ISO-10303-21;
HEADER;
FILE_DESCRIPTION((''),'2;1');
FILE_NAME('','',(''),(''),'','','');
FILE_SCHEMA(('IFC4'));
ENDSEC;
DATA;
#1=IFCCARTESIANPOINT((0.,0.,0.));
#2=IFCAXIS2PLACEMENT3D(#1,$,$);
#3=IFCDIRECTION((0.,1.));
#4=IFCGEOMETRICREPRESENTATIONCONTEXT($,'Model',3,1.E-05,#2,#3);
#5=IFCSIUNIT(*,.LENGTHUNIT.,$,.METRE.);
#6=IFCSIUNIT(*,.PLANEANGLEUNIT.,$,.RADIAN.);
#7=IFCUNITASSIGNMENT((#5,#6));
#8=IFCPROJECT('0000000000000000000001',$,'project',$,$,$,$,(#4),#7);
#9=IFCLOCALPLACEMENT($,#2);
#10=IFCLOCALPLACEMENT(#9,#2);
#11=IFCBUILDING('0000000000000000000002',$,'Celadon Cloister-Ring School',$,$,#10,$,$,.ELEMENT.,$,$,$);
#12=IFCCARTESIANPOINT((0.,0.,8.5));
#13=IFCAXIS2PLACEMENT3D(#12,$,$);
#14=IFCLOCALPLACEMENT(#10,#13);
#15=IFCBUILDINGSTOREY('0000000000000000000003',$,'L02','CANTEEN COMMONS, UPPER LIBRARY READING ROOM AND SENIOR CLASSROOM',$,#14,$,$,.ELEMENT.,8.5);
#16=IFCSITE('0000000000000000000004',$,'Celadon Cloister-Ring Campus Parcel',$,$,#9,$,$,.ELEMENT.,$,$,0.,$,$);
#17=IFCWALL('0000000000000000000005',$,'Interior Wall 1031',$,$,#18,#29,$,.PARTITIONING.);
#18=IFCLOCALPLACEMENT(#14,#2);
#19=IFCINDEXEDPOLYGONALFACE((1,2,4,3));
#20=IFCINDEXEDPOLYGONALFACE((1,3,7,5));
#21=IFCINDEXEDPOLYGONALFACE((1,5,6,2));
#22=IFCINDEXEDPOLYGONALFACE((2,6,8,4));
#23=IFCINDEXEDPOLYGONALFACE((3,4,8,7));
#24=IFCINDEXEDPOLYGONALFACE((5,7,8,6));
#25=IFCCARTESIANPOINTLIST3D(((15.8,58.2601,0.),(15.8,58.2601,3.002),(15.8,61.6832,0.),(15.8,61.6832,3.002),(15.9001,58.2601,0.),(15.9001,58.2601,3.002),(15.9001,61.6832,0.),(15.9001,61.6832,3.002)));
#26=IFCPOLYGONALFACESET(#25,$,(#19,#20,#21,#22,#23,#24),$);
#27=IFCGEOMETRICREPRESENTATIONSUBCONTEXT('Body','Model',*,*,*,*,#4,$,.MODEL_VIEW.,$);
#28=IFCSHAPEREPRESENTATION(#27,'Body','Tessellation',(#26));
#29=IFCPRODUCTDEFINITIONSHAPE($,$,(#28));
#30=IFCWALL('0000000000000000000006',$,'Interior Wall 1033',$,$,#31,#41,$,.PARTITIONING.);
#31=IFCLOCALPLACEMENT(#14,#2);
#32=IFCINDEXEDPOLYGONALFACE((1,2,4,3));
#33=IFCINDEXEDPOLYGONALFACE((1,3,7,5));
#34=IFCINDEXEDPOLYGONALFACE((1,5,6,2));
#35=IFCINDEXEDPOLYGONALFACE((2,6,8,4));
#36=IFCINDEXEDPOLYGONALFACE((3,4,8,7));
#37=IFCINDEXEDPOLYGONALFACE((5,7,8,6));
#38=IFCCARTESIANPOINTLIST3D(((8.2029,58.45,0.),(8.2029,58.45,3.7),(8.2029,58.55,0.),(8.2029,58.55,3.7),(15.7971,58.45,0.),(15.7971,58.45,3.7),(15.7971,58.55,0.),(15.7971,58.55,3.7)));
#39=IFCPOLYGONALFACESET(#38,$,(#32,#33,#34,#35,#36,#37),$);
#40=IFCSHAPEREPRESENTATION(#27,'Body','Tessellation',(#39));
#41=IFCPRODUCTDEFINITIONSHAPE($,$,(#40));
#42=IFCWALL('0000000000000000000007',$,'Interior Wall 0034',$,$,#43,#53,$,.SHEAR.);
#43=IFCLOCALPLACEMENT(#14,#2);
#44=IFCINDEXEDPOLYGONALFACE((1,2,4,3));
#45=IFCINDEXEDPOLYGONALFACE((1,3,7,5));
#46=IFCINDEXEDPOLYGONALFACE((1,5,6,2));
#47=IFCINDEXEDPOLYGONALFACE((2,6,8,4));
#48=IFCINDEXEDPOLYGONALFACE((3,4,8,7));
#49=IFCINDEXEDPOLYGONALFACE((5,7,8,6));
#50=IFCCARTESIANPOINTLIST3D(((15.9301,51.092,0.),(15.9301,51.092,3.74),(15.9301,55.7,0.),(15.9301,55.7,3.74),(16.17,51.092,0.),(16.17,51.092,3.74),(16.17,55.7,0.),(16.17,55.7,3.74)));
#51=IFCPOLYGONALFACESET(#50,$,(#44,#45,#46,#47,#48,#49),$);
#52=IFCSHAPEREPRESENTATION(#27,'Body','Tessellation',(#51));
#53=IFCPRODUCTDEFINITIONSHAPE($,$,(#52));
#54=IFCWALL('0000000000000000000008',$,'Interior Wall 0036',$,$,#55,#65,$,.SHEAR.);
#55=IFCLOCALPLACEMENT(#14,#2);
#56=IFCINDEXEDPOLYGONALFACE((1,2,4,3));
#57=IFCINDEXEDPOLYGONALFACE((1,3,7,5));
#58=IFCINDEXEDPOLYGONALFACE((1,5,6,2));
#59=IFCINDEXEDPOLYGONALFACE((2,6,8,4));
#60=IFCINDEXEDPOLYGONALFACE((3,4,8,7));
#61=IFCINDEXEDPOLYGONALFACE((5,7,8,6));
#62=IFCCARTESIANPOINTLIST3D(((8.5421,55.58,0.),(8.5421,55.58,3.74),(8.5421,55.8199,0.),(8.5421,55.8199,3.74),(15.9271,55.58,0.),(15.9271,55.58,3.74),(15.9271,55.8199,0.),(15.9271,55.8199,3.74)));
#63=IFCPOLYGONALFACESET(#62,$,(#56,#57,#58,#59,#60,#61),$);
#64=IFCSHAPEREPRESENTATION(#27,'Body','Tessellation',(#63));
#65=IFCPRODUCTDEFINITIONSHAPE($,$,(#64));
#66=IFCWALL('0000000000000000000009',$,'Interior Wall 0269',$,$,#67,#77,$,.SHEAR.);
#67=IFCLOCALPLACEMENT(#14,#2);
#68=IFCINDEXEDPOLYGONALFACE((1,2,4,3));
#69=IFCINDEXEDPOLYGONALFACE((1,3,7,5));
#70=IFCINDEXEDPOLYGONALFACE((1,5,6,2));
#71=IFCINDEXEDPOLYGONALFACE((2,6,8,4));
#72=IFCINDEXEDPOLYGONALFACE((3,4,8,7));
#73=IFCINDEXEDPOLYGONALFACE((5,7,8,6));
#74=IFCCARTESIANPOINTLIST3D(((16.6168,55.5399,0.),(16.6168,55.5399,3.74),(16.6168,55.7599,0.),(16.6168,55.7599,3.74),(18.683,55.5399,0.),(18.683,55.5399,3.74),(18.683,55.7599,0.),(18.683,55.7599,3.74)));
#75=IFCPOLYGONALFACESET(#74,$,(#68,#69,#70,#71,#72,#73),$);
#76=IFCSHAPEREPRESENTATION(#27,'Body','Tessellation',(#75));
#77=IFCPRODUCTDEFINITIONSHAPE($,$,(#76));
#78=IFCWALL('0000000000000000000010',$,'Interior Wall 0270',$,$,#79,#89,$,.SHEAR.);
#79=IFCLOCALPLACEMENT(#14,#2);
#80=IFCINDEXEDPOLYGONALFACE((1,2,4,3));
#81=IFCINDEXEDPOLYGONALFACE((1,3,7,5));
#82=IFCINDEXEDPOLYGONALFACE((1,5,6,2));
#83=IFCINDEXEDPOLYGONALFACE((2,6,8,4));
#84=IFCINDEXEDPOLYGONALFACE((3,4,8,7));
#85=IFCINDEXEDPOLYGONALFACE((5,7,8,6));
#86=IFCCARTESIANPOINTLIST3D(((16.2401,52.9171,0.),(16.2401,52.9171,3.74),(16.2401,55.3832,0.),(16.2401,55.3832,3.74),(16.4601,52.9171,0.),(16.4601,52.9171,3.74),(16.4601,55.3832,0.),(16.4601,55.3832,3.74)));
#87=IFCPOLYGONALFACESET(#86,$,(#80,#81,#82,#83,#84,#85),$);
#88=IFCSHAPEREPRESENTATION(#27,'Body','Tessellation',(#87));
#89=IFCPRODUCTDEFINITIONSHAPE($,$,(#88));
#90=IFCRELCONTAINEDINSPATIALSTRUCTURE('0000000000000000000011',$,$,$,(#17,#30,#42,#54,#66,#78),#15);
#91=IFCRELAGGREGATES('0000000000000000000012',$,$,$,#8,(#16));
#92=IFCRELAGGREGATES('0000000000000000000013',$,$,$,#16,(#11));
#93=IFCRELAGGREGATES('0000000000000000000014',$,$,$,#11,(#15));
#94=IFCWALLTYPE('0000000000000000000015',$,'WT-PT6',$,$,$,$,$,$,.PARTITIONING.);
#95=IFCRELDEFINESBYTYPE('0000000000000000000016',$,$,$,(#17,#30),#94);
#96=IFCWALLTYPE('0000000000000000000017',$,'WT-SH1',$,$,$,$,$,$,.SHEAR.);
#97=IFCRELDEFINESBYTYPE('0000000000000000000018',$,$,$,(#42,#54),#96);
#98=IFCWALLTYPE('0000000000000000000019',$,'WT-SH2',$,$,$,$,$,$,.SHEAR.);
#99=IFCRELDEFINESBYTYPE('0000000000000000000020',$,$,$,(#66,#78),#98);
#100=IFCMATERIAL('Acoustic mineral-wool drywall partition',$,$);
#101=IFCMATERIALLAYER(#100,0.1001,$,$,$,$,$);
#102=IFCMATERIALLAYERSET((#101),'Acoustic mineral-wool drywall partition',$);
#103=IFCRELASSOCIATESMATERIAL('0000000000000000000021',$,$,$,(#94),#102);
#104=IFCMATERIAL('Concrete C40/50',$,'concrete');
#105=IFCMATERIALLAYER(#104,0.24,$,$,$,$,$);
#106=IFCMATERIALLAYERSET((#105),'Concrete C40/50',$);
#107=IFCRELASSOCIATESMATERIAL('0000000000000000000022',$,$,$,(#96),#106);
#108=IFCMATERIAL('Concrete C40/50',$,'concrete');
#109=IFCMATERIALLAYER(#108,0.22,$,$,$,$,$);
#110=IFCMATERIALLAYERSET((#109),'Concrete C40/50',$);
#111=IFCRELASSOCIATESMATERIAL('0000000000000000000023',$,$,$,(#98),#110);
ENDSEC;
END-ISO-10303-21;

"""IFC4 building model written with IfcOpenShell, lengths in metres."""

from ifc_helpers import new_model, si_unit, direction, frame, frame_2d, origin, place, context, subcontext, project, spatial, rectangle, extrude, material, layer, layer_set, type_object, element, save


model = new_model("IFC4")

# Units and contexts
model_context = context("Model", 3, precision=1e-05, world=origin(), true_north=direction((0.0, 1.0)))
body_context = subcontext(model_context, "Body", "Model", "MODEL_VIEW")
ifc_project = project(units=[si_unit("LENGTHUNIT", "METRE"), si_unit("PLANEANGLEUNIT", "RADIAN")], contexts=[model_context])

# Site, building, storey
site_placement = place(None, origin())
site = spatial("IfcSite", under=ifc_project, at=site_placement, Name="Celadon Cloister-Ring Campus Parcel", CompositionType="ELEMENT", RefElevation=0.0)
building_placement = place(site_placement, origin())
building = spatial("IfcBuilding", under=site, at=building_placement, Name="Celadon Cloister-Ring School", CompositionType="ELEMENT")
storey_placement = place(building_placement, frame((0.0, 0.0, 8.5)))
storey = spatial("IfcBuildingStorey", under=building, at=storey_placement, Name="L02", Description="CANTEEN COMMONS, UPPER LIBRARY READING ROOM AND SENIOR CLASSROOM", CompositionType="ELEMENT", Elevation=8.5)

# Walls
ifc_material_1 = material(Name="Acoustic mineral-wool drywall partition")
ifc_layer_1 = layer(ifc_material_1, 0.1001)
ifc_layer_set_1 = layer_set([ifc_layer_1], Name="Acoustic mineral-wool drywall partition")
wall_type_1 = type_object("IfcWallType", Name="WT-PT6", PredefinedType="PARTITIONING", material=ifc_layer_set_1)
wall_1_placement = place(storey_placement, frame((15.8501, 61.6831, 0.0), z_axis=(0.0, 0.0, 1.0), x_axis=(0.0, -1.0, 0.0)))
element("IfcWall", 1, at=wall_1_placement, inside=storey, type_object=wall_type_1, Name="Interior Wall 1031", PredefinedType="PARTITIONING", context=body_context, shape_type="SweptSolid", body=[
    extrude(rectangle(XDim=3.4231, YDim=0.1001, at=frame_2d((1.7114, 0.0))), origin(), (0.0, 0.0, 1.0), 3.002),
])
wall_2_placement = place(storey_placement, frame((15.7971, 58.5, 0.0), z_axis=(0.0, 0.0, 1.0), x_axis=(-1.0, 0.0, 0.0)))
element("IfcWall", 2, at=wall_2_placement, inside=storey, type_object=wall_type_1, Name="Interior Wall 1033", PredefinedType="PARTITIONING", context=body_context, shape_type="SweptSolid", body=[
    extrude(rectangle(XDim=7.5942, YDim=0.1001, at=frame_2d((3.7971, 0.0))), origin(), (0.0, 0.0, 1.0), 3.7),
])
ifc_material_2 = material(Name="Concrete C40/50", Category="concrete")
ifc_layer_2 = layer(ifc_material_2, 0.24)
ifc_layer_set_2 = layer_set([ifc_layer_2], Name="Concrete C40/50")
wall_type_2 = type_object("IfcWallType", Name="WT-SH1", PredefinedType="SHEAR", material=ifc_layer_set_2)
wall_3_placement = place(storey_placement, frame((16.05, 55.7, 0.0), z_axis=(0.0, 0.0, 1.0), x_axis=(0.0, -1.0, 0.0)))
element("IfcWall", 3, at=wall_3_placement, inside=storey, type_object=wall_type_2, Name="Interior Wall 0034", PredefinedType="SHEAR", context=body_context, shape_type="SweptSolid", body=[
    extrude(rectangle(XDim=4.6079, YDim=0.24, at=frame_2d((2.304, 0.0))), origin(), (0.0, 0.0, 1.0), 3.74),
])
wall_4_placement = place(storey_placement, frame((15.927, 55.7, 0.0), z_axis=(0.0, 0.0, 1.0), x_axis=(-1.0, 0.0, 0.0)))
element("IfcWall", 4, at=wall_4_placement, inside=storey, type_object=wall_type_2, Name="Interior Wall 0036", PredefinedType="SHEAR", context=body_context, shape_type="SweptSolid", body=[
    extrude(rectangle(XDim=7.385, YDim=0.24, at=frame_2d((3.6924, 0.0))), origin(), (0.0, 0.0, 1.0), 3.74),
])
ifc_material_3 = material(Name="Concrete C40/50", Category="concrete")
ifc_layer_3 = layer(ifc_material_3, 0.22)
ifc_layer_set_3 = layer_set([ifc_layer_3], Name="Concrete C40/50")
wall_type_3 = type_object("IfcWallType", Name="WT-SH2", PredefinedType="SHEAR", material=ifc_layer_set_3)
wall_5_placement = place(storey_placement, frame((18.6831, 55.6499, 0.0), z_axis=(0.0, 0.0, 1.0), x_axis=(-1.0, 0.0, 0.0)))
element("IfcWall", 5, at=wall_5_placement, inside=storey, type_object=wall_type_3, Name="Interior Wall 0269", PredefinedType="SHEAR", context=body_context, shape_type="SweptSolid", body=[
    extrude(rectangle(XDim=2.0662, YDim=0.22, at=frame_2d((1.0332, 0.0))), origin(), (0.0, 0.0, 1.0), 3.74),
])
wall_6_placement = place(storey_placement, frame((16.3501, 55.3831, 0.0), z_axis=(0.0, 0.0, 1.0), x_axis=(0.0, -1.0, 0.0)))
element("IfcWall", 6, at=wall_6_placement, inside=storey, type_object=wall_type_3, Name="Interior Wall 0270", PredefinedType="SHEAR", context=body_context, shape_type="SweptSolid", body=[
    extrude(rectangle(XDim=2.4661, YDim=0.22, at=frame_2d((1.2329, 0.0))), origin(), (0.0, 0.0, 1.0), 3.74),
])

save(model, "model.ifc")
